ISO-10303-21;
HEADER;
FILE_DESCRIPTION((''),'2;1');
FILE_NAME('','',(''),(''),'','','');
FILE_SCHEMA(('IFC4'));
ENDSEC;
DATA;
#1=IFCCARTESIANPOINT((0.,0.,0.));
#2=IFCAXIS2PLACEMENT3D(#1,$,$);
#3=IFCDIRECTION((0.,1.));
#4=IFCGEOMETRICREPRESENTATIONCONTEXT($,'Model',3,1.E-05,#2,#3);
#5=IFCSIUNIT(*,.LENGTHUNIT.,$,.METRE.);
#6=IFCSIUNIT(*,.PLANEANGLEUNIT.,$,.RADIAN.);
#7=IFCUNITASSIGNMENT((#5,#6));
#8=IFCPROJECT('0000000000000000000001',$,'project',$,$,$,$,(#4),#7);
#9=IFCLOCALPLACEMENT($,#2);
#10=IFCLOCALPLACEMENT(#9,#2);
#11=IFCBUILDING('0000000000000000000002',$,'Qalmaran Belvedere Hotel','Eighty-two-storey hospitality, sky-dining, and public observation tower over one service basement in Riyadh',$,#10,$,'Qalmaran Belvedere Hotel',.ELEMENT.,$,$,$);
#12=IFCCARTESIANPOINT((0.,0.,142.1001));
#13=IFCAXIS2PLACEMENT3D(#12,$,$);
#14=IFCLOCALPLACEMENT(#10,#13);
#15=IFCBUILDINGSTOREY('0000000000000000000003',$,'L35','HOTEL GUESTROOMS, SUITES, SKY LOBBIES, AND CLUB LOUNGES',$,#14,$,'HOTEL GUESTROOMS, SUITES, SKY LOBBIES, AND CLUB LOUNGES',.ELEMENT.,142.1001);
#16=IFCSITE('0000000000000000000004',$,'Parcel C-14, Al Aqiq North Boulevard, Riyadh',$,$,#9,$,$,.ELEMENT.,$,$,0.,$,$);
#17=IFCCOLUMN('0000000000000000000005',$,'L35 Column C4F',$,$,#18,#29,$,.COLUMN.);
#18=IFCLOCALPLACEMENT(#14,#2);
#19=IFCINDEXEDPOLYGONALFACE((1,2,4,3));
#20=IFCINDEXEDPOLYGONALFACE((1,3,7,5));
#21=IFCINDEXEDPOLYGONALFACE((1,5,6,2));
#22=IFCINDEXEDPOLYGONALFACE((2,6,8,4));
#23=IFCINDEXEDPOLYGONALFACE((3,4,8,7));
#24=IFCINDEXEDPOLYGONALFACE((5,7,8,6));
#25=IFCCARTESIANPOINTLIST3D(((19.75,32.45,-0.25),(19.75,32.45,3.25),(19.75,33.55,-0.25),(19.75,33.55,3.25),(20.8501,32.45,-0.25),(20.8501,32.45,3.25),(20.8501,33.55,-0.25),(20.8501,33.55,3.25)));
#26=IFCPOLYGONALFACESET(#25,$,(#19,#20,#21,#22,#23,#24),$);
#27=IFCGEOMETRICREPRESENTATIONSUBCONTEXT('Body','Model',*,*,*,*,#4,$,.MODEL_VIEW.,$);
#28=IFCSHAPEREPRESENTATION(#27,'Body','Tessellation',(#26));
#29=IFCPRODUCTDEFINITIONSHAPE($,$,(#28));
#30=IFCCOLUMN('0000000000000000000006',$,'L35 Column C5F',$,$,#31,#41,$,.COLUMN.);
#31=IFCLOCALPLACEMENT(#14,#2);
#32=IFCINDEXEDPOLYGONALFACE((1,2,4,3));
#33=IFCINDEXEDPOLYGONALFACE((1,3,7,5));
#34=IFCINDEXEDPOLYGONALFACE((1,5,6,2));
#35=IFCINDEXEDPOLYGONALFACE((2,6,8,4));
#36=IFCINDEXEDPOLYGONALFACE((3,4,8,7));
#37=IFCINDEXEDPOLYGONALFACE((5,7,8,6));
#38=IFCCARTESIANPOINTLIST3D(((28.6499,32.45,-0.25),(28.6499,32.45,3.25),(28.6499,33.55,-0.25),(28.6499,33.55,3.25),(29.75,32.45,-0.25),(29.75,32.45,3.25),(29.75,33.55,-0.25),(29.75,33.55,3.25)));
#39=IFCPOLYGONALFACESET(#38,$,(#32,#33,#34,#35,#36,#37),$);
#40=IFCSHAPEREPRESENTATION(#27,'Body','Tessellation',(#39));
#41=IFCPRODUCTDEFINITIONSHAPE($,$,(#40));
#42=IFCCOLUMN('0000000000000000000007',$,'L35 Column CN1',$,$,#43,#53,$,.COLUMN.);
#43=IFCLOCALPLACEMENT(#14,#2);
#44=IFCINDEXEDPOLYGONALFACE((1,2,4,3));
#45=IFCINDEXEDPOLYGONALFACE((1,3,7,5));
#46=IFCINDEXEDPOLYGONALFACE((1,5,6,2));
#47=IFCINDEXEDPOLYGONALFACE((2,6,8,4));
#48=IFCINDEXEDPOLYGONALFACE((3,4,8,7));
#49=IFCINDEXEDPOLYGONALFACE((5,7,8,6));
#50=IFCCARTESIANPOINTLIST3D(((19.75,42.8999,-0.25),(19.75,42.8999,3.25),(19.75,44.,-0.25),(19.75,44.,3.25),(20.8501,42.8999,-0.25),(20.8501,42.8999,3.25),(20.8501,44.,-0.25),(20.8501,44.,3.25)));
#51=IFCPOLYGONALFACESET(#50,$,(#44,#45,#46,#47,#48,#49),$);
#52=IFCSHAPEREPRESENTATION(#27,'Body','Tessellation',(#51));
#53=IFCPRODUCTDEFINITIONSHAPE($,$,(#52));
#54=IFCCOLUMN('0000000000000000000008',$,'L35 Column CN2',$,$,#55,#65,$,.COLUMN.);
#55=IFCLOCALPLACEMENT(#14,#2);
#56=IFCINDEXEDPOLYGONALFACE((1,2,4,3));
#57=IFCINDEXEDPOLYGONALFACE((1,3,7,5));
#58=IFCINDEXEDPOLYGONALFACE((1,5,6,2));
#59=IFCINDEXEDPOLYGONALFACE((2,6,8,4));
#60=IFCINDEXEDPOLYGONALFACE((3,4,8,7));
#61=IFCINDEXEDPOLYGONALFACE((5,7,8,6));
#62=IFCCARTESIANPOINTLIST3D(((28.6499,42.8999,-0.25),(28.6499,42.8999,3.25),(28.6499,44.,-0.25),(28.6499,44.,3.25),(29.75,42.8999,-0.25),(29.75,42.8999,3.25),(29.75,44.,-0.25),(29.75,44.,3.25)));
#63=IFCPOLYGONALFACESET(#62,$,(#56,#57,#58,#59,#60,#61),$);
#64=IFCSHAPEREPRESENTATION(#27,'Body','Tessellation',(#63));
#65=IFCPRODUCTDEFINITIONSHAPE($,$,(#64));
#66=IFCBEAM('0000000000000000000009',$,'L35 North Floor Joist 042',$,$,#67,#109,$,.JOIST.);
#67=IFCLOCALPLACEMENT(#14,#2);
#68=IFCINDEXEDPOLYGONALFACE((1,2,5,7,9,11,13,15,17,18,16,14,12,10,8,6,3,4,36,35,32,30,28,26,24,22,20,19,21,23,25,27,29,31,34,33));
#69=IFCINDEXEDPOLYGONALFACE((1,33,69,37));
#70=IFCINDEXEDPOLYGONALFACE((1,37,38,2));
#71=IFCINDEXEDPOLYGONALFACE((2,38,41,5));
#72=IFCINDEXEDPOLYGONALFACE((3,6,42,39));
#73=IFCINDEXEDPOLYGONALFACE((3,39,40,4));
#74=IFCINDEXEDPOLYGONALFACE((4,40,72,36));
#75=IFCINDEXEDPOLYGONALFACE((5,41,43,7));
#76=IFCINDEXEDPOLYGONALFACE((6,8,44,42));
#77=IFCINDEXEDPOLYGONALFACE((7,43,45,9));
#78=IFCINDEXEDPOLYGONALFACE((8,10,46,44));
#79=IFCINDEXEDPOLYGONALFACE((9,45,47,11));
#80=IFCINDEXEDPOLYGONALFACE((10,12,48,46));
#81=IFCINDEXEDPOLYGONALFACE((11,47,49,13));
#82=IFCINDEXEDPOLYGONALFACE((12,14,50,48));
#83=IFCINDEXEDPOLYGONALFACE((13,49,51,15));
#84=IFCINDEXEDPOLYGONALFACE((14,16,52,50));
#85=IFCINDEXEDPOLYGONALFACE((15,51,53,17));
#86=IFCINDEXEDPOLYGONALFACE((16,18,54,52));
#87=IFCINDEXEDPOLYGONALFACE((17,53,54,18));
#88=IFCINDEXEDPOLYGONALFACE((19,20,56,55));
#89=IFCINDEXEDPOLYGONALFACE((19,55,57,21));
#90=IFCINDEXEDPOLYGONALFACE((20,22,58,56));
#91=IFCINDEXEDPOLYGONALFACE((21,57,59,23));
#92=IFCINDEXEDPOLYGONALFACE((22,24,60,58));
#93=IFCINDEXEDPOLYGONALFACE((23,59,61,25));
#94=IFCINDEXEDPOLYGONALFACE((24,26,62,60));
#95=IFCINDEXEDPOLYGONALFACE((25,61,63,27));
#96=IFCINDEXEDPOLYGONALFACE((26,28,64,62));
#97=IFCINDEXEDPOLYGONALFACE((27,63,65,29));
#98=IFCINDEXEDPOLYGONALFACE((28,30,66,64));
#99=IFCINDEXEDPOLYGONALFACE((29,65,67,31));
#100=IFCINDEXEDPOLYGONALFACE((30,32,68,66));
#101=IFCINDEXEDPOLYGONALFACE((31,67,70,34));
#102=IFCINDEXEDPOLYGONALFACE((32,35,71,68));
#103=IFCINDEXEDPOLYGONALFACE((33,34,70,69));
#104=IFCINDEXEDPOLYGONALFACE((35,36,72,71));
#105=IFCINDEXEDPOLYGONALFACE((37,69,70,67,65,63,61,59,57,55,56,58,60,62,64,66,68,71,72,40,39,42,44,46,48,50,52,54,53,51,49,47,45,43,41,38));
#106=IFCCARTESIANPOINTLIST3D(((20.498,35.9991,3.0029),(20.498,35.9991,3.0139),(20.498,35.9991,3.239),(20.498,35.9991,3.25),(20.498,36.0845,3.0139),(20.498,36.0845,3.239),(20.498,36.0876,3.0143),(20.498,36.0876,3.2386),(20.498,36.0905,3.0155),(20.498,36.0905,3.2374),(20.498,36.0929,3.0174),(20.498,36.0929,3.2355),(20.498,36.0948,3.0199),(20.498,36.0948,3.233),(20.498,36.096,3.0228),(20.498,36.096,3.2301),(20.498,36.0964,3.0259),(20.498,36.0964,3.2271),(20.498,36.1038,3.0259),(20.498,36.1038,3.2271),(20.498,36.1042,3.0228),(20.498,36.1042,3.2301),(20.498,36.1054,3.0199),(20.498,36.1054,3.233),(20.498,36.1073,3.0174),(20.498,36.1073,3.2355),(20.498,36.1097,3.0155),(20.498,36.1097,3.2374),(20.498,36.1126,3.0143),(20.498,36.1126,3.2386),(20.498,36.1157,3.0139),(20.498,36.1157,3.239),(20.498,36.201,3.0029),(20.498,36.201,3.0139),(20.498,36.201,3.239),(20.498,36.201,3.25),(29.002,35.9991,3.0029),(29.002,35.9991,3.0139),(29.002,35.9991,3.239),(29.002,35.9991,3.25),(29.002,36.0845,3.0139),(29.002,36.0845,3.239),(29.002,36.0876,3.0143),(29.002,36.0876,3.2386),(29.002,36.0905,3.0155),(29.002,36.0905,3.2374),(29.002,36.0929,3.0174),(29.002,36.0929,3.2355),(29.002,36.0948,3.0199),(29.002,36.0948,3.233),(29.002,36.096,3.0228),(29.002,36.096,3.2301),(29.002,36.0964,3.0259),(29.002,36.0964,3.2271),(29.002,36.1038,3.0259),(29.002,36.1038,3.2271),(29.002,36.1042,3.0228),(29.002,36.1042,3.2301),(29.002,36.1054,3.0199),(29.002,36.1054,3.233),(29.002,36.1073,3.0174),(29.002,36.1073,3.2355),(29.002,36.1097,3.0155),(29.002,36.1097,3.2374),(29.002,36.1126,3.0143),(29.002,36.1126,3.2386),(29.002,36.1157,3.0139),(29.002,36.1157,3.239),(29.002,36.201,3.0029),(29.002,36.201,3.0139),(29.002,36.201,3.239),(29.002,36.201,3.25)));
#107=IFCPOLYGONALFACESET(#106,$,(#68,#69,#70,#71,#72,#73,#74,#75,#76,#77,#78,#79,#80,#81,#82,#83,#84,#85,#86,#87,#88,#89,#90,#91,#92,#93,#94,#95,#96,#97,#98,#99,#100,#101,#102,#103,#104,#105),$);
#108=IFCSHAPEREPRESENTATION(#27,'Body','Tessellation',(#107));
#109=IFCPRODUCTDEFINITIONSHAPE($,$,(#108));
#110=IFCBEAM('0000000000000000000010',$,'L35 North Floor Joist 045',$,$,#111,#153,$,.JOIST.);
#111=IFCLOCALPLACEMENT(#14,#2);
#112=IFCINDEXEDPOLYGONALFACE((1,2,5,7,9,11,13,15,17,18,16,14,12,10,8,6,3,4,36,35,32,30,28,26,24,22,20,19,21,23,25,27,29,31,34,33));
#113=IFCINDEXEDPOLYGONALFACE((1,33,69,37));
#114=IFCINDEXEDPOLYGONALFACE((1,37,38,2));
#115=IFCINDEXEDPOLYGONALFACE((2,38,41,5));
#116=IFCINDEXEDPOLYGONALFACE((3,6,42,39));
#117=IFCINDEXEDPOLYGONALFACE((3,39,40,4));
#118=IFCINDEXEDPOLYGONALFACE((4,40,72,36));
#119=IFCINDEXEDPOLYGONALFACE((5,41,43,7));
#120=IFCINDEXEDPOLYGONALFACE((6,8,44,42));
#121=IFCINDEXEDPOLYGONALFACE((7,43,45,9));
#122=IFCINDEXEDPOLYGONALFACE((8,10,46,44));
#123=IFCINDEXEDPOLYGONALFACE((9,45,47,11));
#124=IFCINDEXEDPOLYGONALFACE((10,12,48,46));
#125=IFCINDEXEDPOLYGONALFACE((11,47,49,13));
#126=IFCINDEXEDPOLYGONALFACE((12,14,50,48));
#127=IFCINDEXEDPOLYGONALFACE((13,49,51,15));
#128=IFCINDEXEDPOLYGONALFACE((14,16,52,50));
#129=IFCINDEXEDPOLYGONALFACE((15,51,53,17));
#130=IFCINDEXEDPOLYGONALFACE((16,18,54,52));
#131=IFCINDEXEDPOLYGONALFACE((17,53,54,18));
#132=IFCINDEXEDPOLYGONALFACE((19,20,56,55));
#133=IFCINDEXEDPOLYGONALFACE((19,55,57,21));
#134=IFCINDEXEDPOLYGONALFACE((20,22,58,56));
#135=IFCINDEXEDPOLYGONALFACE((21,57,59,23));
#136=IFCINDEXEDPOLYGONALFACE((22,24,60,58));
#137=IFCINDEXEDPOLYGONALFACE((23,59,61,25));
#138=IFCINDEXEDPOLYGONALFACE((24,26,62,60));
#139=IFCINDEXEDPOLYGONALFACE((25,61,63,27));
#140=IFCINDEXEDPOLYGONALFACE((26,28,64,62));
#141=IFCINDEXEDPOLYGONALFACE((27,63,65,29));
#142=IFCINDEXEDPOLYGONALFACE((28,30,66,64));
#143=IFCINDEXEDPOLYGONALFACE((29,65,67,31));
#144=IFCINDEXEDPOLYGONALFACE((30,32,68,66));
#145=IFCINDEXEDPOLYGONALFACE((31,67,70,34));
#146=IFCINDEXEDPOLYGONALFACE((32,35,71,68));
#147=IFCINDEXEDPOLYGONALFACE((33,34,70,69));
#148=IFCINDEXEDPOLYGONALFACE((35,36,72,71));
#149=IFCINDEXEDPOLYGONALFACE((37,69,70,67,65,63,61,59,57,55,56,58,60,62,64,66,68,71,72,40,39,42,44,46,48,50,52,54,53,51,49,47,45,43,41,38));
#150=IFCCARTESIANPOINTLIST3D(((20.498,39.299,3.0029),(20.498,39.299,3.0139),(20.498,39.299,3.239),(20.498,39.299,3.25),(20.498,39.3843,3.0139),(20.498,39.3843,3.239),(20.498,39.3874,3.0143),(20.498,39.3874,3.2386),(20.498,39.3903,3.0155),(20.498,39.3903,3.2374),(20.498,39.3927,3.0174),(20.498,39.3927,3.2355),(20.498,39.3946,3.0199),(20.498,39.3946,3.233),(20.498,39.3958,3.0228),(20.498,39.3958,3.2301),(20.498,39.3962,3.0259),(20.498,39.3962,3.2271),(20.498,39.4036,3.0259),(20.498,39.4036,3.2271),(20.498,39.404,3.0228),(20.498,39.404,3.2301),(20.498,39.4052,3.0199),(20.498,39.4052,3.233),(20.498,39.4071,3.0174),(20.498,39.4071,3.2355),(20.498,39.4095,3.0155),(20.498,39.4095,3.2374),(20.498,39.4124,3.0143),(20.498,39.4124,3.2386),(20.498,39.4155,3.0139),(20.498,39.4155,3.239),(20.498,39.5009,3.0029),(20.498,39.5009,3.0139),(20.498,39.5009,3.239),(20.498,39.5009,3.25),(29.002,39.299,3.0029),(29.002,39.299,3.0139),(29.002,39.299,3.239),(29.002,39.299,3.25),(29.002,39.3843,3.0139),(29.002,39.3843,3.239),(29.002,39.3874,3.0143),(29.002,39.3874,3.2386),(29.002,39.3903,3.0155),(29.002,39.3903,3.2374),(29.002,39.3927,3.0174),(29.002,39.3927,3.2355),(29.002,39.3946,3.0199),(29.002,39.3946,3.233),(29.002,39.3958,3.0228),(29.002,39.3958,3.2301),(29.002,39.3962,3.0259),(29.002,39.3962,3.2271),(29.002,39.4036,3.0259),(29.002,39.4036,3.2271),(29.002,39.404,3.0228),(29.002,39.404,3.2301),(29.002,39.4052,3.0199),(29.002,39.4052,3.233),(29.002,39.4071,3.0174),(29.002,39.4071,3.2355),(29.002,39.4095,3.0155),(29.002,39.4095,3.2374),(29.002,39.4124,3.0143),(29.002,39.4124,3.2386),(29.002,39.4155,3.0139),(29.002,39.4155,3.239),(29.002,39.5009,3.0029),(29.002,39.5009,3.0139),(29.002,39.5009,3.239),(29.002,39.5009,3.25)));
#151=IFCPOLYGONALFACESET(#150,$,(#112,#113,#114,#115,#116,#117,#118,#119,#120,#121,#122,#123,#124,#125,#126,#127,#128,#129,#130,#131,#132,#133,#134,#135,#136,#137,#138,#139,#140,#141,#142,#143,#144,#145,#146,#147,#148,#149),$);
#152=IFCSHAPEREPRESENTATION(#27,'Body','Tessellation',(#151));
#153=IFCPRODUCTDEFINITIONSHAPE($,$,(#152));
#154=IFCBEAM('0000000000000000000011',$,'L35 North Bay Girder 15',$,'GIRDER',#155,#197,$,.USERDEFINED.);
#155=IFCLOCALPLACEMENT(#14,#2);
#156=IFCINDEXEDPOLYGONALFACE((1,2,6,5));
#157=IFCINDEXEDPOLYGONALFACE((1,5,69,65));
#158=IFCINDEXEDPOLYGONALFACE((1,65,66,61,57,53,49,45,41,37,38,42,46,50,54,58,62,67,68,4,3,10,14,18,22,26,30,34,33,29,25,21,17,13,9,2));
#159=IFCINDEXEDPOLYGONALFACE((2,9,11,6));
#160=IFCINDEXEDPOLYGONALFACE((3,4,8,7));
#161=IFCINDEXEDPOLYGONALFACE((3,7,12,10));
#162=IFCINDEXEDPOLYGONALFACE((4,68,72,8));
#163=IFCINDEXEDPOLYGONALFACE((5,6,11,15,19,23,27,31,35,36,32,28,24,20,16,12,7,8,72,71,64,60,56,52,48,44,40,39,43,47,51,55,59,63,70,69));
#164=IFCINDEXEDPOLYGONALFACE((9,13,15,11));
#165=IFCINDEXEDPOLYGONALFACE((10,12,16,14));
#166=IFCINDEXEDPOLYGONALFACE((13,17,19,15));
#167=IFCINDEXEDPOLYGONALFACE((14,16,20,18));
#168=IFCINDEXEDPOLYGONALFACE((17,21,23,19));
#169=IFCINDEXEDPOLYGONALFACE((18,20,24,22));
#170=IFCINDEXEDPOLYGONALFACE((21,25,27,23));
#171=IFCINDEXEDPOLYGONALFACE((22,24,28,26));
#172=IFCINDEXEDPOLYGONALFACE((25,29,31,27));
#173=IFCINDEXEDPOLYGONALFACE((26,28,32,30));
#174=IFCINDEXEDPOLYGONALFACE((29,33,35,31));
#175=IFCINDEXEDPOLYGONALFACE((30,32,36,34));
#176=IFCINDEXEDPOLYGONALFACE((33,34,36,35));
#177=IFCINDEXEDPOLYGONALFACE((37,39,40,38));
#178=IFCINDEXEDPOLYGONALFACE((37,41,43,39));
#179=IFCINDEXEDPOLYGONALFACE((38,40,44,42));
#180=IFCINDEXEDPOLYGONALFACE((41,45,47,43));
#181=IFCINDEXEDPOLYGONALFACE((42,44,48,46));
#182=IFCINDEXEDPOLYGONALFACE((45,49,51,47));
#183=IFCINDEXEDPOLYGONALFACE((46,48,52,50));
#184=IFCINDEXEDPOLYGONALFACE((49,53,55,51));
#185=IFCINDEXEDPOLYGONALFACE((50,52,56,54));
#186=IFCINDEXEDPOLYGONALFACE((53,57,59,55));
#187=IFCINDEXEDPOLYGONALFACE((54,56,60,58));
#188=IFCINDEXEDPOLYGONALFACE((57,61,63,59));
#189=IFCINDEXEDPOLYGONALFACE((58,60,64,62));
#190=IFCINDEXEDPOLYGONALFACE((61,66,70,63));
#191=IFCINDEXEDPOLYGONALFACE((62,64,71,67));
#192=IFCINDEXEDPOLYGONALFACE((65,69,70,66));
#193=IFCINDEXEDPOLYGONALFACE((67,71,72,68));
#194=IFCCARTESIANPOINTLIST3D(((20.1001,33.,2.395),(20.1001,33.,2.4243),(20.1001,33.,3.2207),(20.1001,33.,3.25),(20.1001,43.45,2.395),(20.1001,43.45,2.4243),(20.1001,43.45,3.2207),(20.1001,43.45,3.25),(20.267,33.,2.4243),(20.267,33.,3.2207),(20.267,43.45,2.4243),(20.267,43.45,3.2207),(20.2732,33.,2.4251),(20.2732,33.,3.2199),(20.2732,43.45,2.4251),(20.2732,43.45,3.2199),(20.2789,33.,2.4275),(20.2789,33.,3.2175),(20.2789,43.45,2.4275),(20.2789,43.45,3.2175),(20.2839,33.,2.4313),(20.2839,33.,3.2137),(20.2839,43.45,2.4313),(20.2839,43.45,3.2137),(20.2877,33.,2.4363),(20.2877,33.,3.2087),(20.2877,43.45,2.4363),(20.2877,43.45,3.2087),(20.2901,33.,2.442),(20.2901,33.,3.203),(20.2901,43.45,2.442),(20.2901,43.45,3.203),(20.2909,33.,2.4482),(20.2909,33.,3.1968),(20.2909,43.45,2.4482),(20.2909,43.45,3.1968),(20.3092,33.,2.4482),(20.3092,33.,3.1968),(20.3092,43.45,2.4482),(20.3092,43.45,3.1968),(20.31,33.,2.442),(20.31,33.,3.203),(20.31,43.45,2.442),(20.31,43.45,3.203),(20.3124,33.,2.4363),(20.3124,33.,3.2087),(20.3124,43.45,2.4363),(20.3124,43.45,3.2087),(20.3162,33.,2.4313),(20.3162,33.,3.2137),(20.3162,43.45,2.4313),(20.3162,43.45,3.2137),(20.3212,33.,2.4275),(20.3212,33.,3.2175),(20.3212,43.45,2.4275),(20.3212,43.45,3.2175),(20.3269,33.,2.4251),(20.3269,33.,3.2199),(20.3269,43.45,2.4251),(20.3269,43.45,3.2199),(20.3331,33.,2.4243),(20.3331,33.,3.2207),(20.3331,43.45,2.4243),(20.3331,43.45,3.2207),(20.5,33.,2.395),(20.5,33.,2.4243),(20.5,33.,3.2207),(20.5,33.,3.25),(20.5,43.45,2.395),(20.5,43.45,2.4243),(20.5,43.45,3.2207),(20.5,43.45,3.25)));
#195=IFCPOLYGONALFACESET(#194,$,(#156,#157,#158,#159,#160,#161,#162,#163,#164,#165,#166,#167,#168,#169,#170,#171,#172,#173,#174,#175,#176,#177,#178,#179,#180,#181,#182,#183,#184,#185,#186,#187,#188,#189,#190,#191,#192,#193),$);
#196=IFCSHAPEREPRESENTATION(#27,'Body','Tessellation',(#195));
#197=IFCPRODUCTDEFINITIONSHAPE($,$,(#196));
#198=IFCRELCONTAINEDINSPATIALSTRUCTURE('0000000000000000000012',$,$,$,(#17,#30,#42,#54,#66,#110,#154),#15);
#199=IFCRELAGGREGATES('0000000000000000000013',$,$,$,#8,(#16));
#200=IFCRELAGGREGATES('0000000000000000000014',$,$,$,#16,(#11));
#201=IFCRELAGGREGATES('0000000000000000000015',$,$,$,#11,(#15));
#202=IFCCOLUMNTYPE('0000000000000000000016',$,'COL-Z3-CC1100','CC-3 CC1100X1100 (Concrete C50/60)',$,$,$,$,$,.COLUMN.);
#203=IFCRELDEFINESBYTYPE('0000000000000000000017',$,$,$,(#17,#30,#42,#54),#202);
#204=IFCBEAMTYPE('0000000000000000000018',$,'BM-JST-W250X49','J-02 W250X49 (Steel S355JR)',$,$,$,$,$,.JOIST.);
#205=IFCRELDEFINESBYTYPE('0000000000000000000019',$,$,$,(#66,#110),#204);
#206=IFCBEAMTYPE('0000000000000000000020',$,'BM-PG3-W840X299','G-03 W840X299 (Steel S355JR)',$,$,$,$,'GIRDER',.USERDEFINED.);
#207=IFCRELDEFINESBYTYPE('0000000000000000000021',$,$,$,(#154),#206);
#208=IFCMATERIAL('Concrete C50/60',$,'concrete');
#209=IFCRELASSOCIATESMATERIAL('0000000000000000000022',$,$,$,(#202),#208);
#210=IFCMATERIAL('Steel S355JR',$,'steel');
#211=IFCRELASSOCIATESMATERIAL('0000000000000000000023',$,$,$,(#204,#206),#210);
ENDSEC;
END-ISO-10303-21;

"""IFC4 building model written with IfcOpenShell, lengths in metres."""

from ifc_helpers import new_model, si_unit, direction, frame, origin, origin_2d, place, context, subcontext, project, spatial, rectangle, i_section, extrude, material, material_profile, profile_set, type_object, element, save


model = new_model("IFC4")

# Units and contexts
model_context = context("Model", 3, precision=1e-05, world=origin(), true_north=direction((0.0, 1.0)))
body_context = subcontext(model_context, "Body", "Model", "MODEL_VIEW")
ifc_project = project(units=[si_unit("LENGTHUNIT", "METRE"), si_unit("PLANEANGLEUNIT", "RADIAN")], contexts=[model_context])

# Site, building, storey
site_placement = place(None, origin())
site = spatial("IfcSite", under=ifc_project, at=site_placement, Name="Parcel C-14, Al Aqiq North Boulevard, Riyadh", CompositionType="ELEMENT", RefElevation=0.0)
building_placement = place(site_placement, origin())
building = spatial("IfcBuilding", under=site, at=building_placement, Name="Qalmaran Belvedere Hotel", Description="Eighty-two-storey hospitality, sky-dining, and public observation tower over one service basement in Riyadh", LongName="Qalmaran Belvedere Hotel", CompositionType="ELEMENT")
storey_placement = place(building_placement, frame((0.0, 0.0, 142.1001)))
storey = spatial("IfcBuildingStorey", under=building, at=storey_placement, Name="L35", Description="HOTEL GUESTROOMS, SUITES, SKY LOBBIES, AND CLUB LOUNGES", LongName="HOTEL GUESTROOMS, SUITES, SKY LOBBIES, AND CLUB LOUNGES", CompositionType="ELEMENT", Elevation=142.1001)

# Columns
ifc_material_1 = material(Name="Concrete C50/60", Category="concrete")
ifc_material_profile_1 = material_profile(ifc_material_1, rectangle(XDim=1.1001, YDim=1.1001, at=origin_2d()), Name="CC1100X1100")
ifc_profile_set_1 = profile_set([ifc_material_profile_1], Name="Concrete C50/60")
column_type = type_object("IfcColumnType", Name="COL-Z3-CC1100", Description="CC-3 CC1100X1100 (Concrete C50/60)", PredefinedType="COLUMN", material=ifc_profile_set_1)
for number, where, z_axis, x_axis, name in (
    (1, (20.3, 33.0, -0.25), (0.0, 0.0, 1.0), (1.0, 0.0, 0.0), "L35 Column C4F"),
    (2, (29.2, 33.0, -0.25), (0.0, 0.0, 1.0), (1.0, 0.0, 0.0), "L35 Column C5F"),
    (3, (20.3, 43.45, -0.25), (0.0, 0.0, 1.0), (1.0, 0.0, 0.0), "L35 Column CN1"),
    (4, (29.2, 43.45, -0.25), (0.0, 0.0, 1.0), (1.0, 0.0, 0.0), "L35 Column CN2"),
):
    element("IfcColumn", number, at=place(storey_placement, frame(where, z_axis=z_axis, x_axis=x_axis)), inside=storey, type_object=column_type, Name=name, PredefinedType="COLUMN", context=body_context, shape_type="SweptSolid", body=[
        extrude(rectangle(XDim=1.1001, YDim=1.1001, at=origin_2d()), origin(), (0.0, 0.0, 1.0), 3.5),
    ])

# Beams
ifc_material_2 = material(Name="Steel S355JR", Category="steel")
ifc_material_profile_2 = material_profile(ifc_material_2, i_section(OverallWidth=0.2019, OverallDepth=0.2471, WebThickness=0.0073, FlangeThickness=0.011, FilletRadius=0.012, at=origin_2d()), Name="W250X49")
ifc_profile_set_2 = profile_set([ifc_material_profile_2], Name="Steel S355JR")
beam_type_1 = type_object("IfcBeamType", Name="BM-JST-W250X49", Description="J-02 W250X49 (Steel S355JR)", PredefinedType="JOIST", material=ifc_profile_set_2)
for number, where, z_axis, x_axis, name in (
    (5, (20.498, 36.1001, 3.1265), (1.0, 0.0, 0.0), (0.0, 1.0, 0.0), "L35 North Floor Joist 042"),
    (6, (20.498, 39.3999, 3.1265), (1.0, 0.0, 0.0), (0.0, 1.0, 0.0), "L35 North Floor Joist 045"),
):
    element("IfcBeam", number, at=place(storey_placement, frame(where, z_axis=z_axis, x_axis=x_axis)), inside=storey, type_object=beam_type_1, Name=name, PredefinedType="JOIST", context=body_context, shape_type="SweptSolid", body=[
        extrude(i_section(OverallWidth=0.2019, OverallDepth=0.2471, WebThickness=0.0073, FlangeThickness=0.011, FilletRadius=0.012, at=origin_2d()), origin(), (0.0, 0.0, 1.0), 8.5039),
    ])
ifc_material_profile_3 = material_profile(ifc_material_2, i_section(OverallWidth=0.3999, OverallDepth=0.855, WebThickness=0.0183, FlangeThickness=0.0293, FilletRadius=0.0239, at=origin_2d()), Name="W840X299")
ifc_profile_set_3 = profile_set([ifc_material_profile_3], Name="Steel S355JR")
beam_type_2 = type_object("IfcBeamType", Name="BM-PG3-W840X299", Description="G-03 W840X299 (Steel S355JR)", ElementType="GIRDER", PredefinedType="USERDEFINED", material=ifc_profile_set_3)
beam_1_placement = place(storey_placement, frame((20.3, 33.0, 2.8225), z_axis=(0.0, 1.0, 0.0), x_axis=(-1.0, 0.0, 0.0)))
element("IfcBeam", 7, at=beam_1_placement, inside=storey, type_object=beam_type_2, Name="L35 North Bay Girder 15", ObjectType="GIRDER", PredefinedType="USERDEFINED", context=body_context, shape_type="SweptSolid", body=[
    extrude(i_section(OverallWidth=0.3999, OverallDepth=0.855, WebThickness=0.0183, FlangeThickness=0.0293, FilletRadius=0.0239, at=origin_2d()), origin(), (0.0, 0.0, 1.0), 10.45),
])

save(model, "model.ifc")
